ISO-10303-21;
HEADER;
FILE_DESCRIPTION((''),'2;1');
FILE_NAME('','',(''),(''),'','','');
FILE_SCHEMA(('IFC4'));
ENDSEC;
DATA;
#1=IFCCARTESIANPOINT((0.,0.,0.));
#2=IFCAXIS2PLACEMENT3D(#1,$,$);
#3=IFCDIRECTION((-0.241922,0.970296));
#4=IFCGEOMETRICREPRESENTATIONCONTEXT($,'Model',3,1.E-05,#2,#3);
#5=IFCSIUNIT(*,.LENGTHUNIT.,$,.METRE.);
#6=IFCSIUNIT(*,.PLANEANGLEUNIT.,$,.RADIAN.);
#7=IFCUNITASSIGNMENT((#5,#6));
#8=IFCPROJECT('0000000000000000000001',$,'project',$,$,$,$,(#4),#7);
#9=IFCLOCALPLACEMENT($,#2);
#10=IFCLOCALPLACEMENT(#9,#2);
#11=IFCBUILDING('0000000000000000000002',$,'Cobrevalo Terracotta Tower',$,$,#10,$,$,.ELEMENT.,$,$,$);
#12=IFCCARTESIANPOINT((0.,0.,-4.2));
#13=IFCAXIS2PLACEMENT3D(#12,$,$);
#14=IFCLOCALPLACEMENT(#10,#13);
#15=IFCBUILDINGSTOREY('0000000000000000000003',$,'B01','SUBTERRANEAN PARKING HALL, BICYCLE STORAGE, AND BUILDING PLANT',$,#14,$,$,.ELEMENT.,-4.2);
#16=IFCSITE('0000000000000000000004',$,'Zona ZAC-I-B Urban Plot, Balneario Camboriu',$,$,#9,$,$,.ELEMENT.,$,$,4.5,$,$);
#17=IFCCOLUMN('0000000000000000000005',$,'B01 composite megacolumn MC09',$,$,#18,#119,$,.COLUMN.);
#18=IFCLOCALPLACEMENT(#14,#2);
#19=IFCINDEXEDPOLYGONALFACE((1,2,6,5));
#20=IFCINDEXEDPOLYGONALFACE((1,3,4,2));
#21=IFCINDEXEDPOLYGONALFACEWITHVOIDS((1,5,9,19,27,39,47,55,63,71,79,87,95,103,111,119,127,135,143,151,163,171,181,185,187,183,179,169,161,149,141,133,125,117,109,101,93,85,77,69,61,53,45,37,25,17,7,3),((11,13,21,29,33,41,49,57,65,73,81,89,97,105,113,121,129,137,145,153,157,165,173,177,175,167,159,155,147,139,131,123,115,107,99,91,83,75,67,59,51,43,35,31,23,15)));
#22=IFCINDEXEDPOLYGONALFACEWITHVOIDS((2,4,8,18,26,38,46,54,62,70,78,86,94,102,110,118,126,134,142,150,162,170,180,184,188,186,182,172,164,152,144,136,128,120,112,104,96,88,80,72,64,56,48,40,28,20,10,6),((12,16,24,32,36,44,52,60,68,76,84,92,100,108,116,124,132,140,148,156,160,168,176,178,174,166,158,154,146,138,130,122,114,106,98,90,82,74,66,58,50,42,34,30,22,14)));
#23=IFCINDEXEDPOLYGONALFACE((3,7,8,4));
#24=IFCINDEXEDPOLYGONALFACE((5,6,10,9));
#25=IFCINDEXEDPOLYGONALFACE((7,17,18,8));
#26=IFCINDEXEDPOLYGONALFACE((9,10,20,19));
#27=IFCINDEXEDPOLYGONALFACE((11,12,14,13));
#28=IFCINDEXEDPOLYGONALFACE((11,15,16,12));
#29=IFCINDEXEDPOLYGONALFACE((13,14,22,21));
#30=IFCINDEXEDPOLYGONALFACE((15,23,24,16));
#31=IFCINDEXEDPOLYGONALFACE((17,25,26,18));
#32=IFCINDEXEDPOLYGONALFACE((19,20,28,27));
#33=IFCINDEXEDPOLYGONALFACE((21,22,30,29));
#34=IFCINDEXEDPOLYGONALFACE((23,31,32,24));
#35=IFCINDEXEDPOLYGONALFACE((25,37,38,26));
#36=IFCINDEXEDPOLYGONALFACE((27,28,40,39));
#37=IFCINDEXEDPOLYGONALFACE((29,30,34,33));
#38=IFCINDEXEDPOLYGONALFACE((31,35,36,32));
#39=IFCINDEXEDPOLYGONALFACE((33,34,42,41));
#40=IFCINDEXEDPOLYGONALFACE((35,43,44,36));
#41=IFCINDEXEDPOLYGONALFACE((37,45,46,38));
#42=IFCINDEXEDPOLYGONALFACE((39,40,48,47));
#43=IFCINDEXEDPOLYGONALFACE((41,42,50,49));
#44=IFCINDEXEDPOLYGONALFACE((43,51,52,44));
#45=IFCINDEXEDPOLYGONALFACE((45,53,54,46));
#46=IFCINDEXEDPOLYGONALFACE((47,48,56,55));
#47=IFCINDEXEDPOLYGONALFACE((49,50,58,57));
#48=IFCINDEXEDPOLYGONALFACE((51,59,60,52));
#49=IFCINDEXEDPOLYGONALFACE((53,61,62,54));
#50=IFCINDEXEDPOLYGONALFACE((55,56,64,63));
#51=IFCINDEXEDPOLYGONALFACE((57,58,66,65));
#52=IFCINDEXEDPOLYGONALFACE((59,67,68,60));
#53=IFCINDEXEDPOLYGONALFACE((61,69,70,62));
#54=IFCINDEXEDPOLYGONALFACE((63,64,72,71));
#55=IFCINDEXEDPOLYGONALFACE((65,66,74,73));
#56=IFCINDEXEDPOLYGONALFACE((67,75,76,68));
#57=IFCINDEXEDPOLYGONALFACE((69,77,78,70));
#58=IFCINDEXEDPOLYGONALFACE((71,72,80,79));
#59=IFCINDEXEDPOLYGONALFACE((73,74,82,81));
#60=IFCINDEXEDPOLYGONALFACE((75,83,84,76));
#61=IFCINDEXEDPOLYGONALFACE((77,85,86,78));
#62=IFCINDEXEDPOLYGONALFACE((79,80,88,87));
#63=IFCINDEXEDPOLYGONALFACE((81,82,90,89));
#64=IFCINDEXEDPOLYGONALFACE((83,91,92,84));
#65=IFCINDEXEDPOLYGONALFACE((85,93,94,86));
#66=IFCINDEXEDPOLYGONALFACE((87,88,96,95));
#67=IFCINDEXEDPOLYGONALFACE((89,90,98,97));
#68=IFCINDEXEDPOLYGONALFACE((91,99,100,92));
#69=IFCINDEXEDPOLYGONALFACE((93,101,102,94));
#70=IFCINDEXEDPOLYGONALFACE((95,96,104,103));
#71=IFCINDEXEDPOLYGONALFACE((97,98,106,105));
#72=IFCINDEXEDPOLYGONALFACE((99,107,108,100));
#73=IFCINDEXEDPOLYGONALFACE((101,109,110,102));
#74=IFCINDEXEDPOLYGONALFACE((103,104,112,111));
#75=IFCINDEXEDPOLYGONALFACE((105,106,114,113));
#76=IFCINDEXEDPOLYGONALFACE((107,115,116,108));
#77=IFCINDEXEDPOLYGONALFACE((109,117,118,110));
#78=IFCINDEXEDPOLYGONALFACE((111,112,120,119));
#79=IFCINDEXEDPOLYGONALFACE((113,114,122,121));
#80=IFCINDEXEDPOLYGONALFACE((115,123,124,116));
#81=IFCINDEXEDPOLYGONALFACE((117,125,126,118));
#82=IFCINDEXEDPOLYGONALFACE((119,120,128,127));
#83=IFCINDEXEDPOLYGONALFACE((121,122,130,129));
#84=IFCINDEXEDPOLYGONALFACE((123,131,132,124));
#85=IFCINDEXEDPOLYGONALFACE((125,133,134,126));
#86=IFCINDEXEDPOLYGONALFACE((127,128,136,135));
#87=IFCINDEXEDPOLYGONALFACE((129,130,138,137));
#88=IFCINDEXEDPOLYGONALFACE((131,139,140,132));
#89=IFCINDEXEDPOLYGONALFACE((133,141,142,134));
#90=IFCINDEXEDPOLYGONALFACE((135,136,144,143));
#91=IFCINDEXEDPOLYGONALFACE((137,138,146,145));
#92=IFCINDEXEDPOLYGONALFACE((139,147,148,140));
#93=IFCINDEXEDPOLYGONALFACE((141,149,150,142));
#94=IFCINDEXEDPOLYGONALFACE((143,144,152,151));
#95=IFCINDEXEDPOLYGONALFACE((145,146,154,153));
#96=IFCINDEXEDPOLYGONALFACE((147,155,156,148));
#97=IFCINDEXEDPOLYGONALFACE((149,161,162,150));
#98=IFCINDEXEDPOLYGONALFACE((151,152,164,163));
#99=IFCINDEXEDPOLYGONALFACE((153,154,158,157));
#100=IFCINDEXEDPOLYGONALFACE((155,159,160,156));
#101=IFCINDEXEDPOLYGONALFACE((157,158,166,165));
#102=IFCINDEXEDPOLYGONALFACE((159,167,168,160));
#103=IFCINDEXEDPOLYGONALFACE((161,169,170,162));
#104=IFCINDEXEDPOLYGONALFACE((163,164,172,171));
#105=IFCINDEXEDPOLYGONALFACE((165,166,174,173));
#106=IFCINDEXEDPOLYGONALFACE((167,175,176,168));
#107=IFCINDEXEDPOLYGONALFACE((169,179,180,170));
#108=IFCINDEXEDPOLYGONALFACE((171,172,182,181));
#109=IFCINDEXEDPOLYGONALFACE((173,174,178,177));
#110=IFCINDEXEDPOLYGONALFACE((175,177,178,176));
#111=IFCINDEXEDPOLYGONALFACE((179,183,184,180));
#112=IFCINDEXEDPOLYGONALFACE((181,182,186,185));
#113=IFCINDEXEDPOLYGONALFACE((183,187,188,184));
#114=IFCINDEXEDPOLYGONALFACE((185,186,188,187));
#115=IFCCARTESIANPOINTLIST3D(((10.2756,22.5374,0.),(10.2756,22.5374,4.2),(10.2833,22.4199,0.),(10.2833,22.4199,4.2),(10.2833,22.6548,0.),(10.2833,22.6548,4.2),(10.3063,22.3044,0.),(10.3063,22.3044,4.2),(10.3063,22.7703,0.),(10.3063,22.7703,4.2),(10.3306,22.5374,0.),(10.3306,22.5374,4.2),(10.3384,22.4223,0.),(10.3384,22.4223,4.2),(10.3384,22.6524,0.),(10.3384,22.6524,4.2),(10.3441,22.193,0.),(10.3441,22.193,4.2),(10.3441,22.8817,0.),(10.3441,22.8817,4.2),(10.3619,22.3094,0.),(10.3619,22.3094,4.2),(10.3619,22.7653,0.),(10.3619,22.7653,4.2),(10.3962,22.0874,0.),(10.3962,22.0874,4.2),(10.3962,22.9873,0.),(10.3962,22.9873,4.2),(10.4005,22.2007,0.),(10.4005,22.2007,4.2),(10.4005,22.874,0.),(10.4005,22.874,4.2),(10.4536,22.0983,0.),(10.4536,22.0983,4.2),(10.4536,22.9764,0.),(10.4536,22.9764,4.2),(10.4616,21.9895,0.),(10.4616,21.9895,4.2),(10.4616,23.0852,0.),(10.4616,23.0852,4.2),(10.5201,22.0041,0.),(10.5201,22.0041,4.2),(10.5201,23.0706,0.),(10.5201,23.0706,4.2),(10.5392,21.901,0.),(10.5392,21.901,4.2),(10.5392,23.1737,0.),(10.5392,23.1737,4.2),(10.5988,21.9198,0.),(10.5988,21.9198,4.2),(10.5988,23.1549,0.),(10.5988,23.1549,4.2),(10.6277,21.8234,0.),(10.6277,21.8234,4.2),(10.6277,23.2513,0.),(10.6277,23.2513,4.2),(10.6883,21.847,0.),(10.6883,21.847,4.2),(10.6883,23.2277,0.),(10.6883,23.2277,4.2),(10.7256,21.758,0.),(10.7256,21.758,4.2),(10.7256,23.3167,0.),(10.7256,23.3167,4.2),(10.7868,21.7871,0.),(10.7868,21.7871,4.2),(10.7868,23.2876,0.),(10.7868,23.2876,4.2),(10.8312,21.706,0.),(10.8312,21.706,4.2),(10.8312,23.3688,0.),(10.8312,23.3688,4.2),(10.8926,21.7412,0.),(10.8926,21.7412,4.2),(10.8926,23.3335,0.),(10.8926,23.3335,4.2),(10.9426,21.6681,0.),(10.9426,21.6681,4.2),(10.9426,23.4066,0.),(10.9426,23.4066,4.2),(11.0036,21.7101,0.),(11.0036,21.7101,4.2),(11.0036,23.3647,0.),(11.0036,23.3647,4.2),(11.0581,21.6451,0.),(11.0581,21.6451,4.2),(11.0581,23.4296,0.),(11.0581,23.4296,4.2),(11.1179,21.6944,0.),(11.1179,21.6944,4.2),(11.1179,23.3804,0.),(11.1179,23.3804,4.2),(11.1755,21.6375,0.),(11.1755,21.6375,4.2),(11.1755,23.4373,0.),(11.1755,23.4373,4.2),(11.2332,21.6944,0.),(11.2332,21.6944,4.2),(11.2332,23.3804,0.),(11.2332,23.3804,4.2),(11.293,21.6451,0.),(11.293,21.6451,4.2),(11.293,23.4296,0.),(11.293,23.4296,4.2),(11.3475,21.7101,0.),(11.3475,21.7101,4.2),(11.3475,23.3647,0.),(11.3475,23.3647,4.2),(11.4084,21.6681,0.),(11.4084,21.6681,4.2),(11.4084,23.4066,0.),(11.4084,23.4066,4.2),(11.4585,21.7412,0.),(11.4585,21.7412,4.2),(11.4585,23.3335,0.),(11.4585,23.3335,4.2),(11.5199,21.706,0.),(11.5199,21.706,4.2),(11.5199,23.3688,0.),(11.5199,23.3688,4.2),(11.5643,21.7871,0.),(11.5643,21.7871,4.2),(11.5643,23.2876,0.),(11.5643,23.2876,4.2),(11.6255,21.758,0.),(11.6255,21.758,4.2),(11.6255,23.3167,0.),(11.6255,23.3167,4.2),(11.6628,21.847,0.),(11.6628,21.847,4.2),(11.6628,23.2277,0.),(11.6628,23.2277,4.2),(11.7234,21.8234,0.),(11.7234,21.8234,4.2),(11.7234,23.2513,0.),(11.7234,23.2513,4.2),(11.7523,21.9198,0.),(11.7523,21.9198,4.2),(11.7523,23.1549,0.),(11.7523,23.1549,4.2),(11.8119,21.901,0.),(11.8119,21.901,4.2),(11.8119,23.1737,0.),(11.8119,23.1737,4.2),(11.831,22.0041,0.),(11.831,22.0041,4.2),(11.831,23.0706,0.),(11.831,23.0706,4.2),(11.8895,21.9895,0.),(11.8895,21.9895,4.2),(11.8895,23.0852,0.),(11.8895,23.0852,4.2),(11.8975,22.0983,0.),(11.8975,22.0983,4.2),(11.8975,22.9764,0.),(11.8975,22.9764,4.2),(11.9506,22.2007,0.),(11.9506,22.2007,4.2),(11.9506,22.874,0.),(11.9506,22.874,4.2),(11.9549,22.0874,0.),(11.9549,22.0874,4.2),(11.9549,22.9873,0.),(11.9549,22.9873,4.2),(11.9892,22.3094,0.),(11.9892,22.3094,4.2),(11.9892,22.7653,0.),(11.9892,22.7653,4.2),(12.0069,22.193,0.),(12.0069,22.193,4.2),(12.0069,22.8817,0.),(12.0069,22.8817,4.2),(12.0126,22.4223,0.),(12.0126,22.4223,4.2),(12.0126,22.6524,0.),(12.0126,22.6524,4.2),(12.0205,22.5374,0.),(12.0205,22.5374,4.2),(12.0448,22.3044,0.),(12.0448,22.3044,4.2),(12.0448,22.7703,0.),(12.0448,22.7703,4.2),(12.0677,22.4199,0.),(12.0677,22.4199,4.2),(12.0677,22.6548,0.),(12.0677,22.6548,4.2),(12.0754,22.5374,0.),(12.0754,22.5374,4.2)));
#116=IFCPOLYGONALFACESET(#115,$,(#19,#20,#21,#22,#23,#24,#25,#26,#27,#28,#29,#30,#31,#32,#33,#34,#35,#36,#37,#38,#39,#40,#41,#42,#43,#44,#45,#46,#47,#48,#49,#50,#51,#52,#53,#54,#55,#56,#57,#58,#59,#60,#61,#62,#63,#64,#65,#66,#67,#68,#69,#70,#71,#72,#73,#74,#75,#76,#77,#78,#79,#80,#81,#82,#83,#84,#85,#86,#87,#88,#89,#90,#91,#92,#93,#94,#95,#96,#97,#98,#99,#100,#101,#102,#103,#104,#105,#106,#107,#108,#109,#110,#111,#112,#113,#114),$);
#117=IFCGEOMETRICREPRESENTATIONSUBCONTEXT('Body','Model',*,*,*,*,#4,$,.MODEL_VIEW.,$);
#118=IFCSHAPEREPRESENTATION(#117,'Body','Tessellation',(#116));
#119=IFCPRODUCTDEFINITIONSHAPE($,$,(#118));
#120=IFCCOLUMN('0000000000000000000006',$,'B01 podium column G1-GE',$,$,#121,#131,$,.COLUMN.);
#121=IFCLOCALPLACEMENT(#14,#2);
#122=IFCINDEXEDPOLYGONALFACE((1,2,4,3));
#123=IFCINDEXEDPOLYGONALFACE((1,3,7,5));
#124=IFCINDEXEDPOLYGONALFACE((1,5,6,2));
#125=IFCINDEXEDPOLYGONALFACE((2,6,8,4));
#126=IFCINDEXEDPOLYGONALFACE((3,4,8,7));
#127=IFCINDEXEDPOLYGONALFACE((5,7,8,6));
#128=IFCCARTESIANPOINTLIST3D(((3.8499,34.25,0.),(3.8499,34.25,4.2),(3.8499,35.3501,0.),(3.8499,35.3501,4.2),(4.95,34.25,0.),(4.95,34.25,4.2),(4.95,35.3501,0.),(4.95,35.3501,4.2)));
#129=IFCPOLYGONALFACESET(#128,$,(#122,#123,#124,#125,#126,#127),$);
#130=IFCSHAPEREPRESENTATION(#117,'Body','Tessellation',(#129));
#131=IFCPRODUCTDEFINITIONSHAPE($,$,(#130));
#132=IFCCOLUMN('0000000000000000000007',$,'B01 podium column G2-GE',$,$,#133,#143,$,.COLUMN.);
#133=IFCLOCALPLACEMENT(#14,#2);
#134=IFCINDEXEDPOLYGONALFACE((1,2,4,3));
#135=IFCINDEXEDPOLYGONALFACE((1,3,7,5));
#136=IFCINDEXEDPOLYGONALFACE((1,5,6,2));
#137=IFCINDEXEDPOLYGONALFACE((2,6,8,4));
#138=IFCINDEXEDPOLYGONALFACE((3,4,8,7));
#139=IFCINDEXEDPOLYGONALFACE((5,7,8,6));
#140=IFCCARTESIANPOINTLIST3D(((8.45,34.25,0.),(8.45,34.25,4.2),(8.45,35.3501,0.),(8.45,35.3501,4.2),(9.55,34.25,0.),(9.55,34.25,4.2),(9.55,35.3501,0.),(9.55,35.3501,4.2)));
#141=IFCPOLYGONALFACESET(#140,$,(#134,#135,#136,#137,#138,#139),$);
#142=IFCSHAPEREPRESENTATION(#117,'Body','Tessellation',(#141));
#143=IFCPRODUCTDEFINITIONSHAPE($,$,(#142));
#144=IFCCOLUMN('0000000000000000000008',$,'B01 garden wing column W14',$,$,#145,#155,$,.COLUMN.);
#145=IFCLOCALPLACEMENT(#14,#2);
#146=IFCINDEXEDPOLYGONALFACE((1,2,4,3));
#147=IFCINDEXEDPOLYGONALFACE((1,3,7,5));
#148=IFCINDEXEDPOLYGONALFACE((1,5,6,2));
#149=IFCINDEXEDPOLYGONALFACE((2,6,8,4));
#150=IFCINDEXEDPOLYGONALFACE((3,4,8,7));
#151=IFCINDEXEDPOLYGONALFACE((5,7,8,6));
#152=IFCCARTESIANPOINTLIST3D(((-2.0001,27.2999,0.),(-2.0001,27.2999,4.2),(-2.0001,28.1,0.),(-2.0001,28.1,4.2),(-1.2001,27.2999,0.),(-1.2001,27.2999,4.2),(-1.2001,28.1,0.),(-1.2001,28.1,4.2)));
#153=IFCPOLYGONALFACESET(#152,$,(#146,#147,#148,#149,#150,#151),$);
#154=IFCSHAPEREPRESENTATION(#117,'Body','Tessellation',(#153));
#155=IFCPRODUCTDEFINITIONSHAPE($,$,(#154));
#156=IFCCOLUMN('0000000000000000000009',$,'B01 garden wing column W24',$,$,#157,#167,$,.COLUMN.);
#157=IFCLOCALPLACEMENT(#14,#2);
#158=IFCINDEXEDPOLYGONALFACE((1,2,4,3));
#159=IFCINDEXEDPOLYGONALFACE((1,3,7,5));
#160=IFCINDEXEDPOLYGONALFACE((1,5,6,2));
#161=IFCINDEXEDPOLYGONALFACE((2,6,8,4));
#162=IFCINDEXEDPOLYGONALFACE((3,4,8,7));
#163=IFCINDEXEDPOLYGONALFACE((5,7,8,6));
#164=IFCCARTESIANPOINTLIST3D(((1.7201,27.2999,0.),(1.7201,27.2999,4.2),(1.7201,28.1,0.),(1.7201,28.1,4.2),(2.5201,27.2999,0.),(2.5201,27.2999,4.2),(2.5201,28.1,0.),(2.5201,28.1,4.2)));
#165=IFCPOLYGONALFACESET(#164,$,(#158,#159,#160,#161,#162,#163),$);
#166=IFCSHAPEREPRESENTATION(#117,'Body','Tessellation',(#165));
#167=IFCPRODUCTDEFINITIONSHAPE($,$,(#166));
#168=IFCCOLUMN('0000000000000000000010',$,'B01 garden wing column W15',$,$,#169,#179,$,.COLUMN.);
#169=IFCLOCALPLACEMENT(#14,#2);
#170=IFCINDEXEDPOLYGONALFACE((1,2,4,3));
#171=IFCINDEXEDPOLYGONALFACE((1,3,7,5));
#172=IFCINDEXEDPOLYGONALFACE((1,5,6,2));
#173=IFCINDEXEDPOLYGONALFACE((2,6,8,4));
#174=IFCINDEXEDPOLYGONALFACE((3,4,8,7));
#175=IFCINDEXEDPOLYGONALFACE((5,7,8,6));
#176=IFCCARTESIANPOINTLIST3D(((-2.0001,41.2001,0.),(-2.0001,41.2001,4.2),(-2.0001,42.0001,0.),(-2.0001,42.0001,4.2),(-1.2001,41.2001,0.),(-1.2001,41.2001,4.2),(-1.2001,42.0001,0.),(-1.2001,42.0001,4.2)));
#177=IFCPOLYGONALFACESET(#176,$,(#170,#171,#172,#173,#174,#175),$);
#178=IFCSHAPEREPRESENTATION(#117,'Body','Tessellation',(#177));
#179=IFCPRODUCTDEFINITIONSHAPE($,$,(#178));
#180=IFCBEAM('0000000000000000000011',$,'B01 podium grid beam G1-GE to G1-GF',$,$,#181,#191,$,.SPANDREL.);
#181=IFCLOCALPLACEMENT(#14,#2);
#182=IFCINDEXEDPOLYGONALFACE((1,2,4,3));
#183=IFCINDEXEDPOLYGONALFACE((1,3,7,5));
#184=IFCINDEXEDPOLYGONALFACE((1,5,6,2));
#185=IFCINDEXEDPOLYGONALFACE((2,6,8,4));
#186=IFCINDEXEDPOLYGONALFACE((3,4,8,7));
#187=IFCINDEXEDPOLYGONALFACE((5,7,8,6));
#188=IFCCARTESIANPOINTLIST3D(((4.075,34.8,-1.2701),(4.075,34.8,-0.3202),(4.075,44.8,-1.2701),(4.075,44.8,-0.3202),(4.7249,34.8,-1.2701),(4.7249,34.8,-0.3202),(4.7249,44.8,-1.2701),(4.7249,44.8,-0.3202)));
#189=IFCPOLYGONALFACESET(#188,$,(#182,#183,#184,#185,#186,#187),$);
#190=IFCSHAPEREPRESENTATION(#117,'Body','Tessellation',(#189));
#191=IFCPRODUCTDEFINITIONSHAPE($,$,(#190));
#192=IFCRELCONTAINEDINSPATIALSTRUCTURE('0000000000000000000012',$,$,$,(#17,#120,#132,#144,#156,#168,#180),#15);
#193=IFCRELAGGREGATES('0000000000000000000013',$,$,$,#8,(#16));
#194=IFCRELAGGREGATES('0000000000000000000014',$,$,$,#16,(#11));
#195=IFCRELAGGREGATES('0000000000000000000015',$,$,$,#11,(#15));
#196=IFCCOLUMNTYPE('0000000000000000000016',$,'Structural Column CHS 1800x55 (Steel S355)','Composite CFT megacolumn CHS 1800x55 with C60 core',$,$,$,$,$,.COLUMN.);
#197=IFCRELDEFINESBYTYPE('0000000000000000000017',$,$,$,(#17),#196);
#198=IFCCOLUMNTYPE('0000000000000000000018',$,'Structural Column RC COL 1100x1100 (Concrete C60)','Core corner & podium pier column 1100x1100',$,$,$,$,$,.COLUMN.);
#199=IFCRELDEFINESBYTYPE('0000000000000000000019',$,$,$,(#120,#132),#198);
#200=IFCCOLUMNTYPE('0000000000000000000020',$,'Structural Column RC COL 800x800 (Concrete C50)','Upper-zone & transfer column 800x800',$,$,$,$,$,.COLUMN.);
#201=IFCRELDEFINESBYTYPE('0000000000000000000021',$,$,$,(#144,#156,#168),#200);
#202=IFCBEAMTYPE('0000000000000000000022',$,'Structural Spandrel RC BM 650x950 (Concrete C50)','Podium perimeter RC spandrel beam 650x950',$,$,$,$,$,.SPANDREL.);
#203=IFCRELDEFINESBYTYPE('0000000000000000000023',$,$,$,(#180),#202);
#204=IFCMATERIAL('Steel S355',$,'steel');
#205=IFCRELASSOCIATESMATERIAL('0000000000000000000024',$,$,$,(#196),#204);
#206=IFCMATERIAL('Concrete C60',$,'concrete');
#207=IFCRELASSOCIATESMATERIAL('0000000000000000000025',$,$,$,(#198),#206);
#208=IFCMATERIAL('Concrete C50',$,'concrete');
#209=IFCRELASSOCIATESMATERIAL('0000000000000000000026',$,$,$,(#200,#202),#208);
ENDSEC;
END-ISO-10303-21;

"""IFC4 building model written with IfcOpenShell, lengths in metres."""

from ifc_helpers import new_model, si_unit, direction, frame, origin, origin_2d, place, context, subcontext, project, spatial, rectangle, hollow_circle, extrude, material, material_profile, profile_set, type_object, element, save


model = new_model("IFC4")

# Units and contexts
model_context = context("Model", 3, precision=1e-05, world=origin(), true_north=direction((-0.241922, 0.970296)))
body_context = subcontext(model_context, "Body", "Model", "MODEL_VIEW")
ifc_project = project(units=[si_unit("LENGTHUNIT", "METRE"), si_unit("PLANEANGLEUNIT", "RADIAN")], contexts=[model_context])

# Site, building, storey
site_placement = place(None, origin())
site = spatial("IfcSite", under=ifc_project, at=site_placement, Name="Zona ZAC-I-B Urban Plot, Balneario Camboriu", CompositionType="ELEMENT", RefElevation=4.5)
building_placement = place(site_placement, origin())
building = spatial("IfcBuilding", under=site, at=building_placement, Name="Cobrevalo Terracotta Tower", CompositionType="ELEMENT")
storey_placement = place(building_placement, frame((0.0, 0.0, -4.2)))
storey = spatial("IfcBuildingStorey", under=building, at=storey_placement, Name="B01", Description="SUBTERRANEAN PARKING HALL, BICYCLE STORAGE, AND BUILDING PLANT", CompositionType="ELEMENT", Elevation=-4.2)

# Columns
ifc_material_1 = material(Name="Steel S355", Category="steel")
ifc_material_profile_1 = material_profile(ifc_material_1, hollow_circle(Radius=0.8999, WallThickness=0.0549, at=origin_2d()), Name="CHS 1800x55")
ifc_profile_set_1 = profile_set([ifc_material_profile_1], Name="Steel S355")
column_type_1 = type_object("IfcColumnType", Name="Structural Column CHS 1800x55 (Steel S355)", Description="Composite CFT megacolumn CHS 1800x55 with C60 core", PredefinedType="COLUMN", material=ifc_profile_set_1)
for number, where, z_axis, x_axis, name in (
    (1, (11.1755, 22.5374, 0.0), (0.0, 0.0, 1.0), (1.0, 0.0, 0.0), "B01 composite megacolumn MC09"),
):
    element("IfcColumn", number, at=place(storey_placement, frame(where, z_axis=z_axis, x_axis=x_axis)), inside=storey, type_object=column_type_1, Name=name, PredefinedType="COLUMN", context=body_context, shape_type="SweptSolid", body=[
        extrude(hollow_circle(Radius=0.8999, WallThickness=0.0549, at=origin_2d()), origin(), (0.0, 0.0, 1.0), 4.2),
    ])
ifc_material_2 = material(Name="Concrete C60", Category="concrete")
ifc_material_profile_2 = material_profile(ifc_material_2, rectangle(XDim=1.1001, YDim=1.1001, at=origin_2d()), Name="RC COL 1100x1100")
ifc_profile_set_2 = profile_set([ifc_material_profile_2], Name="Concrete C60")
column_type_2 = type_object("IfcColumnType", Name="Structural Column RC COL 1100x1100 (Concrete C60)", Description="Core corner & podium pier column 1100x1100", PredefinedType="COLUMN", material=ifc_profile_set_2)
for number, where, z_axis, x_axis, name in (
    (2, (4.3999, 34.8, 0.0), (0.0, 0.0, 1.0), (1.0, 0.0, 0.0), "B01 podium column G1-GE"),
    (3, (9.0, 34.8, 0.0), (0.0, 0.0, 1.0), (1.0, 0.0, 0.0), "B01 podium column G2-GE"),
):
    element("IfcColumn", number, at=place(storey_placement, frame(where, z_axis=z_axis, x_axis=x_axis)), inside=storey, type_object=column_type_2, Name=name, PredefinedType="COLUMN", context=body_context, shape_type="SweptSolid", body=[
        extrude(rectangle(XDim=1.1001, YDim=1.1001, at=origin_2d()), origin(), (0.0, 0.0, 1.0), 4.2),
    ])
ifc_material_3 = material(Name="Concrete C50", Category="concrete")
ifc_material_profile_3 = material_profile(ifc_material_3, rectangle(XDim=0.8, YDim=0.8, at=origin_2d()), Name="RC COL 800x800")
ifc_profile_set_3 = profile_set([ifc_material_profile_3], Name="Concrete C50")
column_type_3 = type_object("IfcColumnType", Name="Structural Column RC COL 800x800 (Concrete C50)", Description="Upper-zone & transfer column 800x800", PredefinedType="COLUMN", material=ifc_profile_set_3)
for number, where, z_axis, x_axis, name in (
    (4, (-1.6001, 27.7, 0.0), (0.0, 0.0, 1.0), (1.0, 0.0, 0.0), "B01 garden wing column W14"),
    (5, (2.1201, 27.7, 0.0), (0.0, 0.0, 1.0), (1.0, 0.0, 0.0), "B01 garden wing column W24"),
    (6, (-1.6001, 41.6001, 0.0), (0.0, 0.0, 1.0), (1.0, 0.0, 0.0), "B01 garden wing column W15"),
):
    element("IfcColumn", number, at=place(storey_placement, frame(where, z_axis=z_axis, x_axis=x_axis)), inside=storey, type_object=column_type_3, Name=name, PredefinedType="COLUMN", context=body_context, shape_type="SweptSolid", body=[
        extrude(rectangle(XDim=0.8, YDim=0.8, at=origin_2d()), origin(), (0.0, 0.0, 1.0), 4.2),
    ])

# Beam
ifc_material_profile_4 = material_profile(ifc_material_3, rectangle(XDim=0.6499, YDim=0.95, at=origin_2d()), Name="RC BM 650x950")
ifc_profile_set_4 = profile_set([ifc_material_profile_4], Name="Concrete C50")
beam_type_1 = type_object("IfcBeamType", Name="Structural Spandrel RC BM 650x950 (Concrete C50)", Description="Podium perimeter RC spandrel beam 650x950", PredefinedType="SPANDREL", material=ifc_profile_set_4)
beam_1_placement = place(storey_placement, frame((4.3999, 34.8, -0.7952), z_axis=(0.0, 1.0, 0.0), x_axis=(-1.0, 0.0, 0.0)))
element("IfcBeam", 7, at=beam_1_placement, inside=storey, type_object=beam_type_1, Name="B01 podium grid beam G1-GE to G1-GF", PredefinedType="SPANDREL", context=body_context, shape_type="SweptSolid", body=[
    extrude(rectangle(XDim=0.6499, YDim=0.95, at=origin_2d()), origin(), (0.0, 0.0, 1.0), 10.0),
])

save(model, "model.ifc")
